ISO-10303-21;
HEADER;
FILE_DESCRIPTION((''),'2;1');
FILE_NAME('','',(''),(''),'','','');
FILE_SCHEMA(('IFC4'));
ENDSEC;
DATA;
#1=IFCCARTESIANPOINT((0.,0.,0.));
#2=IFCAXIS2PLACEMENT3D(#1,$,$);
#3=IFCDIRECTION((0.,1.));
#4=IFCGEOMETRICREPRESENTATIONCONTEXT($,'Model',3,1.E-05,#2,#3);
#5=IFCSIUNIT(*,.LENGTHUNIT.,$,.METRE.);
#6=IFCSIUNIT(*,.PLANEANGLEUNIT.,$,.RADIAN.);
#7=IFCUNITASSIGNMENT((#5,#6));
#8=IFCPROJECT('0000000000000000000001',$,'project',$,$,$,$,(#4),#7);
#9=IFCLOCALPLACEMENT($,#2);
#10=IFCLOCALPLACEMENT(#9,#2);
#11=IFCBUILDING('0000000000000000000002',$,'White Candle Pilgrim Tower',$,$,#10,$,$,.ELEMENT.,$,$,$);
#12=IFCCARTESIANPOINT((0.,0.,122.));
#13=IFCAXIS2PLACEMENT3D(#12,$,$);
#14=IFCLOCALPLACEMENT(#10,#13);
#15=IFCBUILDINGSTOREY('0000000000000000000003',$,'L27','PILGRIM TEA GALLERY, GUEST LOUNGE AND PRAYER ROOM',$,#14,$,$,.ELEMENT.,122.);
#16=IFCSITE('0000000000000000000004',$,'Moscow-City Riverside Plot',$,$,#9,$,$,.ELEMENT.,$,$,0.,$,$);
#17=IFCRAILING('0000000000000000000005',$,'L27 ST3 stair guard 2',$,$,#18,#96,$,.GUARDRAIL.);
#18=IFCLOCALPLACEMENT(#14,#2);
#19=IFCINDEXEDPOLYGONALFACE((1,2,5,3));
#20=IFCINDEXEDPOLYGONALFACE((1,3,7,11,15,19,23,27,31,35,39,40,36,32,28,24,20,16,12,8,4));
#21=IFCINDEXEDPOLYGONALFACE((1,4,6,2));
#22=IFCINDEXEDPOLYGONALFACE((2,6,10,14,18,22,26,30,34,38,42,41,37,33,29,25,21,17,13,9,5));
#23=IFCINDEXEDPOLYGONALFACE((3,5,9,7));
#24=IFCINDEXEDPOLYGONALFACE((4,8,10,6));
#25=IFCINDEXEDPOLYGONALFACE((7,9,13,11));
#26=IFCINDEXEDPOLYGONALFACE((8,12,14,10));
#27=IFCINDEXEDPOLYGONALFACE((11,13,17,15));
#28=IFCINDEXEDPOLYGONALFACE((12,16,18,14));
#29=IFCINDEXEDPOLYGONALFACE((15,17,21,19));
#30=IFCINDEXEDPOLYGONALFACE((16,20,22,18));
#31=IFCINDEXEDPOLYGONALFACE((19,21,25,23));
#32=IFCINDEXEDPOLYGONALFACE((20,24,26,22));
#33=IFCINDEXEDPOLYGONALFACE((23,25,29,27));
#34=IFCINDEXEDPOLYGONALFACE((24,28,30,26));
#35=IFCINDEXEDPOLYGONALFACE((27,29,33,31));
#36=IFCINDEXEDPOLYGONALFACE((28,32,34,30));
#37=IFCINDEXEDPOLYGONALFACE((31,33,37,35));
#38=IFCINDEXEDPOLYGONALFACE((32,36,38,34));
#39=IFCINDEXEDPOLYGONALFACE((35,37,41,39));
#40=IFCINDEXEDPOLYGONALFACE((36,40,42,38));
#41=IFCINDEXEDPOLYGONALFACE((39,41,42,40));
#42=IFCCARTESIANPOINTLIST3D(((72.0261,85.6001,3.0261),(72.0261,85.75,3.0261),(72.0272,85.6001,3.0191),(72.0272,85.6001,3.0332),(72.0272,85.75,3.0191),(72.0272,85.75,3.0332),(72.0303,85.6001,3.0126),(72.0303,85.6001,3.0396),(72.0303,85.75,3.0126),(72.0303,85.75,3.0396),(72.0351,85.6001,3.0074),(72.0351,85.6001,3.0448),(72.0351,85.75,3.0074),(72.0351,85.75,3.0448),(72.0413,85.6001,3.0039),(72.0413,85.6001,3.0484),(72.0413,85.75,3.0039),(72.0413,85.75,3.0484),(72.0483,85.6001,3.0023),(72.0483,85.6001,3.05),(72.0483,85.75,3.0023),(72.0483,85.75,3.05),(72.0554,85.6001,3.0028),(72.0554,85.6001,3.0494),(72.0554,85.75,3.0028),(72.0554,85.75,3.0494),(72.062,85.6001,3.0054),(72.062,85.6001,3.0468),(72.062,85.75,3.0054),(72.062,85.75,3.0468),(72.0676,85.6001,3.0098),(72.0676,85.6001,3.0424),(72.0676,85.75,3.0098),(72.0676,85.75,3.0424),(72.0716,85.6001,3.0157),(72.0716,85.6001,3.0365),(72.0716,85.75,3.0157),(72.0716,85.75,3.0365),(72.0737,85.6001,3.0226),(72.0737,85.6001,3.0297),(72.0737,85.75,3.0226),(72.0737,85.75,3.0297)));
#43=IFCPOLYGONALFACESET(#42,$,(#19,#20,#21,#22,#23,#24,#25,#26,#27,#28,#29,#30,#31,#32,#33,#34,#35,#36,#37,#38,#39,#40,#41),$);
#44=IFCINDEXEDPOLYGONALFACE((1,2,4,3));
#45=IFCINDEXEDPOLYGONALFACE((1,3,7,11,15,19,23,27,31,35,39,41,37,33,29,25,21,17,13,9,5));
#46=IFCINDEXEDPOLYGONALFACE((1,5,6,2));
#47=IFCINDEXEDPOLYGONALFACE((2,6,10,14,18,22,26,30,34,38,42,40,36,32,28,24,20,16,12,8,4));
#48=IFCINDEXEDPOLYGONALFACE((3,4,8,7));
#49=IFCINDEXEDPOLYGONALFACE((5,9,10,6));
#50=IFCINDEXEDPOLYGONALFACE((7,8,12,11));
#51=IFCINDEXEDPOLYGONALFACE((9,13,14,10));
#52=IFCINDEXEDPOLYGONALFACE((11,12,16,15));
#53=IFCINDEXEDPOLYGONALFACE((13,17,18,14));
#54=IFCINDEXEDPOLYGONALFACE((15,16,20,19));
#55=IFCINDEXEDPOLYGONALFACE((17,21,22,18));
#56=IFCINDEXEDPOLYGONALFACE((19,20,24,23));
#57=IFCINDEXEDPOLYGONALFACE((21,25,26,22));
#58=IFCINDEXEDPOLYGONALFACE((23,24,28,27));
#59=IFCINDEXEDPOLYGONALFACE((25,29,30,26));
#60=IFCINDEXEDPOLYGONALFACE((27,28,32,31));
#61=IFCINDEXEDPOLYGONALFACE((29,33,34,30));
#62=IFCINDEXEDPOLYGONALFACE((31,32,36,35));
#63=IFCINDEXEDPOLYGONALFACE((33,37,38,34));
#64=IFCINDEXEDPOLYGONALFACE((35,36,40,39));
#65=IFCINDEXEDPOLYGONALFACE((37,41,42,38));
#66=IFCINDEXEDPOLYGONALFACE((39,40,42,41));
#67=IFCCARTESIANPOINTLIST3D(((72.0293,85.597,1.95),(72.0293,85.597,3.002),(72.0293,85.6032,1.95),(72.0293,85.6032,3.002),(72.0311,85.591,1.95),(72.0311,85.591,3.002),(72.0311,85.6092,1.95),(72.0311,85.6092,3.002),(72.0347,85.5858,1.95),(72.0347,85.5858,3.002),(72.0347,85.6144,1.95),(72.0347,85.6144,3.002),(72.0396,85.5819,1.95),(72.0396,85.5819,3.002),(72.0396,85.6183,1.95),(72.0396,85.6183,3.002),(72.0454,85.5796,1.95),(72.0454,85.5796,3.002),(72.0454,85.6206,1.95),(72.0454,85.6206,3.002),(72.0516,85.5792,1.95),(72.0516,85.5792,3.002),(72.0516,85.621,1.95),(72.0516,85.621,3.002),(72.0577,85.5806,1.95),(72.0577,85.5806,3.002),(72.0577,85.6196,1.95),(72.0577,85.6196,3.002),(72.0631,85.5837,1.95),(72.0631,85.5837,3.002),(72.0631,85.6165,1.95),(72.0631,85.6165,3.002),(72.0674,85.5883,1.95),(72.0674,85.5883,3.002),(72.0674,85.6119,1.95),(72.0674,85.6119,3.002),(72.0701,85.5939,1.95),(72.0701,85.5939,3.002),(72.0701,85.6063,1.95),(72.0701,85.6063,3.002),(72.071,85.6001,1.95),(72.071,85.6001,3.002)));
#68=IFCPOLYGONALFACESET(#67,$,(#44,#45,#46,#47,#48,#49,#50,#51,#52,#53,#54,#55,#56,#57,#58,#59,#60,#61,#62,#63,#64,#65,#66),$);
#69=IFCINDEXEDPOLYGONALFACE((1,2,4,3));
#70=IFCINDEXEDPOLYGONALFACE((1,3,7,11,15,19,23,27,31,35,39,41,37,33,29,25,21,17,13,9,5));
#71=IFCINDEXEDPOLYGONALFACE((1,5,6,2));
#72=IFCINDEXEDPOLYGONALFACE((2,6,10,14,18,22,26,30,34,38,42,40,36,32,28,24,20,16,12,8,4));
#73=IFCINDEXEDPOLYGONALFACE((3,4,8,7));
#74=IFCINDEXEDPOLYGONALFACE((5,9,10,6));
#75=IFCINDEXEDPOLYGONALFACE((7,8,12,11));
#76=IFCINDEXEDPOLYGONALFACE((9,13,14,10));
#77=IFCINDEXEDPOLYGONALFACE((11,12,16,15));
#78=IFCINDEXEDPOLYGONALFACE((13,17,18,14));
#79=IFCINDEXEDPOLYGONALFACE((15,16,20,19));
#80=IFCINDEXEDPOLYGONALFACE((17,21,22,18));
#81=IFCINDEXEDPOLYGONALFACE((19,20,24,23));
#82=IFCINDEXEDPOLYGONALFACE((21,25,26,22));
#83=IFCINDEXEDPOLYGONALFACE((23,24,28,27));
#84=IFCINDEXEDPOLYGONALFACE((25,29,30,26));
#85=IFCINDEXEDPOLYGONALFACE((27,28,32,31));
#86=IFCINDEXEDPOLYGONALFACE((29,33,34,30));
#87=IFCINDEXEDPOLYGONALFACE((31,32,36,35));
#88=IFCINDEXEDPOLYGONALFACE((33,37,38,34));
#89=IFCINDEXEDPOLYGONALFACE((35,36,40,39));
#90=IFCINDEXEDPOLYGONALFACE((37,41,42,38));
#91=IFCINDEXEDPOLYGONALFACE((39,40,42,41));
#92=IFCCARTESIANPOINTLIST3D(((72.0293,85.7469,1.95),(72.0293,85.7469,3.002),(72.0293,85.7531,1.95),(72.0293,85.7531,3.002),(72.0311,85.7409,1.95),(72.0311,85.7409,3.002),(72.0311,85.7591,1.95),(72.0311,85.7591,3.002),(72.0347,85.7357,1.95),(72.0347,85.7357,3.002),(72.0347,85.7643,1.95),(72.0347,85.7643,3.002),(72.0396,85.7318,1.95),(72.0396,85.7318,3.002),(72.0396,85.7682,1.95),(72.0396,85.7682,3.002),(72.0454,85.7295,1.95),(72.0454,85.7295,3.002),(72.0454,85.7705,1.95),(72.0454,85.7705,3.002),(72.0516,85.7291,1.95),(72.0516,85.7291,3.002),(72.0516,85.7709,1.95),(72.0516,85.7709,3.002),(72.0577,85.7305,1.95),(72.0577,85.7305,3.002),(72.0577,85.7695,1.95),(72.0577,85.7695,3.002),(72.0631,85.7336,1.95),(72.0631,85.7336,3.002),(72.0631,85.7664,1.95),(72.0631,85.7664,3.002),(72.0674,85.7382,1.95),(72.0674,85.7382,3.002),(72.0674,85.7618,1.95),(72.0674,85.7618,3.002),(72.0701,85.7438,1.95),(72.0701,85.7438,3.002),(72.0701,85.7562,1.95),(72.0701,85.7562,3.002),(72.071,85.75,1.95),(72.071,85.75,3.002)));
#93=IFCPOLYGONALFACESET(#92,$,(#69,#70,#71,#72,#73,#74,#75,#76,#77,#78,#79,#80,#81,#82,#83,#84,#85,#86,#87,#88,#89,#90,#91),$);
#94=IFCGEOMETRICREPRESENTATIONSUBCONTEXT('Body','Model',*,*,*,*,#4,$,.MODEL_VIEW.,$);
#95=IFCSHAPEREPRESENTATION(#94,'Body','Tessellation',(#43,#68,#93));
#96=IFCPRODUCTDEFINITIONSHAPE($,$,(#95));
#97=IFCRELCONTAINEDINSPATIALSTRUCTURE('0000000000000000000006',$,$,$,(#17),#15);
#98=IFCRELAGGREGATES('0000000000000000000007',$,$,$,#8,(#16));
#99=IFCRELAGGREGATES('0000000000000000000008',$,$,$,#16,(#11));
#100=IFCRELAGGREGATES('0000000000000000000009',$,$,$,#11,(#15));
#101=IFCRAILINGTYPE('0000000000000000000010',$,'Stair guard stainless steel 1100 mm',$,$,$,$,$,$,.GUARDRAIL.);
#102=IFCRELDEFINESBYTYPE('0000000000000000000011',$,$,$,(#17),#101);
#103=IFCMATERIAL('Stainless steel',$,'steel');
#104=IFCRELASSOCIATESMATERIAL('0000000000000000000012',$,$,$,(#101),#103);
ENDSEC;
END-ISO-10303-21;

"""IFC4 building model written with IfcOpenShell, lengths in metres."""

from ifc_helpers import new_model, si_unit, direction, frame, origin, origin_2d, place, context, subcontext, project, spatial, circle, extrude, material, type_object, element, save


model = new_model("IFC4")

# Units and contexts
model_context = context("Model", 3, precision=1e-05, world=origin(), true_north=direction((0.0, 1.0)))
body_context = subcontext(model_context, "Body", "Model", "MODEL_VIEW")
ifc_project = project(units=[si_unit("LENGTHUNIT", "METRE"), si_unit("PLANEANGLEUNIT", "RADIAN")], contexts=[model_context])

# Site, building, storey
site_placement = place(None, origin())
site = spatial("IfcSite", under=ifc_project, at=site_placement, Name="Moscow-City Riverside Plot", CompositionType="ELEMENT", RefElevation=0.0)
building_placement = place(site_placement, origin())
building = spatial("IfcBuilding", under=site, at=building_placement, Name="White Candle Pilgrim Tower", CompositionType="ELEMENT")
storey_placement = place(building_placement, frame((0.0, 0.0, 122.0)))
storey = spatial("IfcBuildingStorey", under=building, at=storey_placement, Name="L27", Description="PILGRIM TEA GALLERY, GUEST LOUNGE AND PRAYER ROOM", CompositionType="ELEMENT", Elevation=122.0)

# Railing
ifc_material_1 = material(Name="Stainless steel", Category="steel")
railing_type_1 = type_object("IfcRailingType", Name="Stair guard stainless steel 1100 mm", PredefinedType="GUARDRAIL", material=ifc_material_1)
railing_1_placement = place(storey_placement, frame((72.05, 85.6001, 1.95)))
element("IfcRailing", 1, at=railing_1_placement, inside=storey, type_object=railing_type_1, Name="L27 ST3 stair guard 2", PredefinedType="GUARDRAIL", context=body_context, shape_type="SweptSolid", body=[
    extrude(circle(Radius=0.0239, at=origin_2d()), frame((0.0, 0.0, 1.0762), z_axis=(0.0, 1.0, 0.0), x_axis=(-1.0, 0.0, 0.0)), (0.0, 0.0, 1.0), 0.1499),
    extrude(circle(Radius=0.021, at=origin_2d()), origin(), (0.0, 0.0, 1.0), 1.052),
    extrude(circle(Radius=0.021, at=origin_2d()), frame((0.0, 0.1499, 0.0)), (0.0, 0.0, 1.0), 1.052),
])

save(model, "model.ifc")
